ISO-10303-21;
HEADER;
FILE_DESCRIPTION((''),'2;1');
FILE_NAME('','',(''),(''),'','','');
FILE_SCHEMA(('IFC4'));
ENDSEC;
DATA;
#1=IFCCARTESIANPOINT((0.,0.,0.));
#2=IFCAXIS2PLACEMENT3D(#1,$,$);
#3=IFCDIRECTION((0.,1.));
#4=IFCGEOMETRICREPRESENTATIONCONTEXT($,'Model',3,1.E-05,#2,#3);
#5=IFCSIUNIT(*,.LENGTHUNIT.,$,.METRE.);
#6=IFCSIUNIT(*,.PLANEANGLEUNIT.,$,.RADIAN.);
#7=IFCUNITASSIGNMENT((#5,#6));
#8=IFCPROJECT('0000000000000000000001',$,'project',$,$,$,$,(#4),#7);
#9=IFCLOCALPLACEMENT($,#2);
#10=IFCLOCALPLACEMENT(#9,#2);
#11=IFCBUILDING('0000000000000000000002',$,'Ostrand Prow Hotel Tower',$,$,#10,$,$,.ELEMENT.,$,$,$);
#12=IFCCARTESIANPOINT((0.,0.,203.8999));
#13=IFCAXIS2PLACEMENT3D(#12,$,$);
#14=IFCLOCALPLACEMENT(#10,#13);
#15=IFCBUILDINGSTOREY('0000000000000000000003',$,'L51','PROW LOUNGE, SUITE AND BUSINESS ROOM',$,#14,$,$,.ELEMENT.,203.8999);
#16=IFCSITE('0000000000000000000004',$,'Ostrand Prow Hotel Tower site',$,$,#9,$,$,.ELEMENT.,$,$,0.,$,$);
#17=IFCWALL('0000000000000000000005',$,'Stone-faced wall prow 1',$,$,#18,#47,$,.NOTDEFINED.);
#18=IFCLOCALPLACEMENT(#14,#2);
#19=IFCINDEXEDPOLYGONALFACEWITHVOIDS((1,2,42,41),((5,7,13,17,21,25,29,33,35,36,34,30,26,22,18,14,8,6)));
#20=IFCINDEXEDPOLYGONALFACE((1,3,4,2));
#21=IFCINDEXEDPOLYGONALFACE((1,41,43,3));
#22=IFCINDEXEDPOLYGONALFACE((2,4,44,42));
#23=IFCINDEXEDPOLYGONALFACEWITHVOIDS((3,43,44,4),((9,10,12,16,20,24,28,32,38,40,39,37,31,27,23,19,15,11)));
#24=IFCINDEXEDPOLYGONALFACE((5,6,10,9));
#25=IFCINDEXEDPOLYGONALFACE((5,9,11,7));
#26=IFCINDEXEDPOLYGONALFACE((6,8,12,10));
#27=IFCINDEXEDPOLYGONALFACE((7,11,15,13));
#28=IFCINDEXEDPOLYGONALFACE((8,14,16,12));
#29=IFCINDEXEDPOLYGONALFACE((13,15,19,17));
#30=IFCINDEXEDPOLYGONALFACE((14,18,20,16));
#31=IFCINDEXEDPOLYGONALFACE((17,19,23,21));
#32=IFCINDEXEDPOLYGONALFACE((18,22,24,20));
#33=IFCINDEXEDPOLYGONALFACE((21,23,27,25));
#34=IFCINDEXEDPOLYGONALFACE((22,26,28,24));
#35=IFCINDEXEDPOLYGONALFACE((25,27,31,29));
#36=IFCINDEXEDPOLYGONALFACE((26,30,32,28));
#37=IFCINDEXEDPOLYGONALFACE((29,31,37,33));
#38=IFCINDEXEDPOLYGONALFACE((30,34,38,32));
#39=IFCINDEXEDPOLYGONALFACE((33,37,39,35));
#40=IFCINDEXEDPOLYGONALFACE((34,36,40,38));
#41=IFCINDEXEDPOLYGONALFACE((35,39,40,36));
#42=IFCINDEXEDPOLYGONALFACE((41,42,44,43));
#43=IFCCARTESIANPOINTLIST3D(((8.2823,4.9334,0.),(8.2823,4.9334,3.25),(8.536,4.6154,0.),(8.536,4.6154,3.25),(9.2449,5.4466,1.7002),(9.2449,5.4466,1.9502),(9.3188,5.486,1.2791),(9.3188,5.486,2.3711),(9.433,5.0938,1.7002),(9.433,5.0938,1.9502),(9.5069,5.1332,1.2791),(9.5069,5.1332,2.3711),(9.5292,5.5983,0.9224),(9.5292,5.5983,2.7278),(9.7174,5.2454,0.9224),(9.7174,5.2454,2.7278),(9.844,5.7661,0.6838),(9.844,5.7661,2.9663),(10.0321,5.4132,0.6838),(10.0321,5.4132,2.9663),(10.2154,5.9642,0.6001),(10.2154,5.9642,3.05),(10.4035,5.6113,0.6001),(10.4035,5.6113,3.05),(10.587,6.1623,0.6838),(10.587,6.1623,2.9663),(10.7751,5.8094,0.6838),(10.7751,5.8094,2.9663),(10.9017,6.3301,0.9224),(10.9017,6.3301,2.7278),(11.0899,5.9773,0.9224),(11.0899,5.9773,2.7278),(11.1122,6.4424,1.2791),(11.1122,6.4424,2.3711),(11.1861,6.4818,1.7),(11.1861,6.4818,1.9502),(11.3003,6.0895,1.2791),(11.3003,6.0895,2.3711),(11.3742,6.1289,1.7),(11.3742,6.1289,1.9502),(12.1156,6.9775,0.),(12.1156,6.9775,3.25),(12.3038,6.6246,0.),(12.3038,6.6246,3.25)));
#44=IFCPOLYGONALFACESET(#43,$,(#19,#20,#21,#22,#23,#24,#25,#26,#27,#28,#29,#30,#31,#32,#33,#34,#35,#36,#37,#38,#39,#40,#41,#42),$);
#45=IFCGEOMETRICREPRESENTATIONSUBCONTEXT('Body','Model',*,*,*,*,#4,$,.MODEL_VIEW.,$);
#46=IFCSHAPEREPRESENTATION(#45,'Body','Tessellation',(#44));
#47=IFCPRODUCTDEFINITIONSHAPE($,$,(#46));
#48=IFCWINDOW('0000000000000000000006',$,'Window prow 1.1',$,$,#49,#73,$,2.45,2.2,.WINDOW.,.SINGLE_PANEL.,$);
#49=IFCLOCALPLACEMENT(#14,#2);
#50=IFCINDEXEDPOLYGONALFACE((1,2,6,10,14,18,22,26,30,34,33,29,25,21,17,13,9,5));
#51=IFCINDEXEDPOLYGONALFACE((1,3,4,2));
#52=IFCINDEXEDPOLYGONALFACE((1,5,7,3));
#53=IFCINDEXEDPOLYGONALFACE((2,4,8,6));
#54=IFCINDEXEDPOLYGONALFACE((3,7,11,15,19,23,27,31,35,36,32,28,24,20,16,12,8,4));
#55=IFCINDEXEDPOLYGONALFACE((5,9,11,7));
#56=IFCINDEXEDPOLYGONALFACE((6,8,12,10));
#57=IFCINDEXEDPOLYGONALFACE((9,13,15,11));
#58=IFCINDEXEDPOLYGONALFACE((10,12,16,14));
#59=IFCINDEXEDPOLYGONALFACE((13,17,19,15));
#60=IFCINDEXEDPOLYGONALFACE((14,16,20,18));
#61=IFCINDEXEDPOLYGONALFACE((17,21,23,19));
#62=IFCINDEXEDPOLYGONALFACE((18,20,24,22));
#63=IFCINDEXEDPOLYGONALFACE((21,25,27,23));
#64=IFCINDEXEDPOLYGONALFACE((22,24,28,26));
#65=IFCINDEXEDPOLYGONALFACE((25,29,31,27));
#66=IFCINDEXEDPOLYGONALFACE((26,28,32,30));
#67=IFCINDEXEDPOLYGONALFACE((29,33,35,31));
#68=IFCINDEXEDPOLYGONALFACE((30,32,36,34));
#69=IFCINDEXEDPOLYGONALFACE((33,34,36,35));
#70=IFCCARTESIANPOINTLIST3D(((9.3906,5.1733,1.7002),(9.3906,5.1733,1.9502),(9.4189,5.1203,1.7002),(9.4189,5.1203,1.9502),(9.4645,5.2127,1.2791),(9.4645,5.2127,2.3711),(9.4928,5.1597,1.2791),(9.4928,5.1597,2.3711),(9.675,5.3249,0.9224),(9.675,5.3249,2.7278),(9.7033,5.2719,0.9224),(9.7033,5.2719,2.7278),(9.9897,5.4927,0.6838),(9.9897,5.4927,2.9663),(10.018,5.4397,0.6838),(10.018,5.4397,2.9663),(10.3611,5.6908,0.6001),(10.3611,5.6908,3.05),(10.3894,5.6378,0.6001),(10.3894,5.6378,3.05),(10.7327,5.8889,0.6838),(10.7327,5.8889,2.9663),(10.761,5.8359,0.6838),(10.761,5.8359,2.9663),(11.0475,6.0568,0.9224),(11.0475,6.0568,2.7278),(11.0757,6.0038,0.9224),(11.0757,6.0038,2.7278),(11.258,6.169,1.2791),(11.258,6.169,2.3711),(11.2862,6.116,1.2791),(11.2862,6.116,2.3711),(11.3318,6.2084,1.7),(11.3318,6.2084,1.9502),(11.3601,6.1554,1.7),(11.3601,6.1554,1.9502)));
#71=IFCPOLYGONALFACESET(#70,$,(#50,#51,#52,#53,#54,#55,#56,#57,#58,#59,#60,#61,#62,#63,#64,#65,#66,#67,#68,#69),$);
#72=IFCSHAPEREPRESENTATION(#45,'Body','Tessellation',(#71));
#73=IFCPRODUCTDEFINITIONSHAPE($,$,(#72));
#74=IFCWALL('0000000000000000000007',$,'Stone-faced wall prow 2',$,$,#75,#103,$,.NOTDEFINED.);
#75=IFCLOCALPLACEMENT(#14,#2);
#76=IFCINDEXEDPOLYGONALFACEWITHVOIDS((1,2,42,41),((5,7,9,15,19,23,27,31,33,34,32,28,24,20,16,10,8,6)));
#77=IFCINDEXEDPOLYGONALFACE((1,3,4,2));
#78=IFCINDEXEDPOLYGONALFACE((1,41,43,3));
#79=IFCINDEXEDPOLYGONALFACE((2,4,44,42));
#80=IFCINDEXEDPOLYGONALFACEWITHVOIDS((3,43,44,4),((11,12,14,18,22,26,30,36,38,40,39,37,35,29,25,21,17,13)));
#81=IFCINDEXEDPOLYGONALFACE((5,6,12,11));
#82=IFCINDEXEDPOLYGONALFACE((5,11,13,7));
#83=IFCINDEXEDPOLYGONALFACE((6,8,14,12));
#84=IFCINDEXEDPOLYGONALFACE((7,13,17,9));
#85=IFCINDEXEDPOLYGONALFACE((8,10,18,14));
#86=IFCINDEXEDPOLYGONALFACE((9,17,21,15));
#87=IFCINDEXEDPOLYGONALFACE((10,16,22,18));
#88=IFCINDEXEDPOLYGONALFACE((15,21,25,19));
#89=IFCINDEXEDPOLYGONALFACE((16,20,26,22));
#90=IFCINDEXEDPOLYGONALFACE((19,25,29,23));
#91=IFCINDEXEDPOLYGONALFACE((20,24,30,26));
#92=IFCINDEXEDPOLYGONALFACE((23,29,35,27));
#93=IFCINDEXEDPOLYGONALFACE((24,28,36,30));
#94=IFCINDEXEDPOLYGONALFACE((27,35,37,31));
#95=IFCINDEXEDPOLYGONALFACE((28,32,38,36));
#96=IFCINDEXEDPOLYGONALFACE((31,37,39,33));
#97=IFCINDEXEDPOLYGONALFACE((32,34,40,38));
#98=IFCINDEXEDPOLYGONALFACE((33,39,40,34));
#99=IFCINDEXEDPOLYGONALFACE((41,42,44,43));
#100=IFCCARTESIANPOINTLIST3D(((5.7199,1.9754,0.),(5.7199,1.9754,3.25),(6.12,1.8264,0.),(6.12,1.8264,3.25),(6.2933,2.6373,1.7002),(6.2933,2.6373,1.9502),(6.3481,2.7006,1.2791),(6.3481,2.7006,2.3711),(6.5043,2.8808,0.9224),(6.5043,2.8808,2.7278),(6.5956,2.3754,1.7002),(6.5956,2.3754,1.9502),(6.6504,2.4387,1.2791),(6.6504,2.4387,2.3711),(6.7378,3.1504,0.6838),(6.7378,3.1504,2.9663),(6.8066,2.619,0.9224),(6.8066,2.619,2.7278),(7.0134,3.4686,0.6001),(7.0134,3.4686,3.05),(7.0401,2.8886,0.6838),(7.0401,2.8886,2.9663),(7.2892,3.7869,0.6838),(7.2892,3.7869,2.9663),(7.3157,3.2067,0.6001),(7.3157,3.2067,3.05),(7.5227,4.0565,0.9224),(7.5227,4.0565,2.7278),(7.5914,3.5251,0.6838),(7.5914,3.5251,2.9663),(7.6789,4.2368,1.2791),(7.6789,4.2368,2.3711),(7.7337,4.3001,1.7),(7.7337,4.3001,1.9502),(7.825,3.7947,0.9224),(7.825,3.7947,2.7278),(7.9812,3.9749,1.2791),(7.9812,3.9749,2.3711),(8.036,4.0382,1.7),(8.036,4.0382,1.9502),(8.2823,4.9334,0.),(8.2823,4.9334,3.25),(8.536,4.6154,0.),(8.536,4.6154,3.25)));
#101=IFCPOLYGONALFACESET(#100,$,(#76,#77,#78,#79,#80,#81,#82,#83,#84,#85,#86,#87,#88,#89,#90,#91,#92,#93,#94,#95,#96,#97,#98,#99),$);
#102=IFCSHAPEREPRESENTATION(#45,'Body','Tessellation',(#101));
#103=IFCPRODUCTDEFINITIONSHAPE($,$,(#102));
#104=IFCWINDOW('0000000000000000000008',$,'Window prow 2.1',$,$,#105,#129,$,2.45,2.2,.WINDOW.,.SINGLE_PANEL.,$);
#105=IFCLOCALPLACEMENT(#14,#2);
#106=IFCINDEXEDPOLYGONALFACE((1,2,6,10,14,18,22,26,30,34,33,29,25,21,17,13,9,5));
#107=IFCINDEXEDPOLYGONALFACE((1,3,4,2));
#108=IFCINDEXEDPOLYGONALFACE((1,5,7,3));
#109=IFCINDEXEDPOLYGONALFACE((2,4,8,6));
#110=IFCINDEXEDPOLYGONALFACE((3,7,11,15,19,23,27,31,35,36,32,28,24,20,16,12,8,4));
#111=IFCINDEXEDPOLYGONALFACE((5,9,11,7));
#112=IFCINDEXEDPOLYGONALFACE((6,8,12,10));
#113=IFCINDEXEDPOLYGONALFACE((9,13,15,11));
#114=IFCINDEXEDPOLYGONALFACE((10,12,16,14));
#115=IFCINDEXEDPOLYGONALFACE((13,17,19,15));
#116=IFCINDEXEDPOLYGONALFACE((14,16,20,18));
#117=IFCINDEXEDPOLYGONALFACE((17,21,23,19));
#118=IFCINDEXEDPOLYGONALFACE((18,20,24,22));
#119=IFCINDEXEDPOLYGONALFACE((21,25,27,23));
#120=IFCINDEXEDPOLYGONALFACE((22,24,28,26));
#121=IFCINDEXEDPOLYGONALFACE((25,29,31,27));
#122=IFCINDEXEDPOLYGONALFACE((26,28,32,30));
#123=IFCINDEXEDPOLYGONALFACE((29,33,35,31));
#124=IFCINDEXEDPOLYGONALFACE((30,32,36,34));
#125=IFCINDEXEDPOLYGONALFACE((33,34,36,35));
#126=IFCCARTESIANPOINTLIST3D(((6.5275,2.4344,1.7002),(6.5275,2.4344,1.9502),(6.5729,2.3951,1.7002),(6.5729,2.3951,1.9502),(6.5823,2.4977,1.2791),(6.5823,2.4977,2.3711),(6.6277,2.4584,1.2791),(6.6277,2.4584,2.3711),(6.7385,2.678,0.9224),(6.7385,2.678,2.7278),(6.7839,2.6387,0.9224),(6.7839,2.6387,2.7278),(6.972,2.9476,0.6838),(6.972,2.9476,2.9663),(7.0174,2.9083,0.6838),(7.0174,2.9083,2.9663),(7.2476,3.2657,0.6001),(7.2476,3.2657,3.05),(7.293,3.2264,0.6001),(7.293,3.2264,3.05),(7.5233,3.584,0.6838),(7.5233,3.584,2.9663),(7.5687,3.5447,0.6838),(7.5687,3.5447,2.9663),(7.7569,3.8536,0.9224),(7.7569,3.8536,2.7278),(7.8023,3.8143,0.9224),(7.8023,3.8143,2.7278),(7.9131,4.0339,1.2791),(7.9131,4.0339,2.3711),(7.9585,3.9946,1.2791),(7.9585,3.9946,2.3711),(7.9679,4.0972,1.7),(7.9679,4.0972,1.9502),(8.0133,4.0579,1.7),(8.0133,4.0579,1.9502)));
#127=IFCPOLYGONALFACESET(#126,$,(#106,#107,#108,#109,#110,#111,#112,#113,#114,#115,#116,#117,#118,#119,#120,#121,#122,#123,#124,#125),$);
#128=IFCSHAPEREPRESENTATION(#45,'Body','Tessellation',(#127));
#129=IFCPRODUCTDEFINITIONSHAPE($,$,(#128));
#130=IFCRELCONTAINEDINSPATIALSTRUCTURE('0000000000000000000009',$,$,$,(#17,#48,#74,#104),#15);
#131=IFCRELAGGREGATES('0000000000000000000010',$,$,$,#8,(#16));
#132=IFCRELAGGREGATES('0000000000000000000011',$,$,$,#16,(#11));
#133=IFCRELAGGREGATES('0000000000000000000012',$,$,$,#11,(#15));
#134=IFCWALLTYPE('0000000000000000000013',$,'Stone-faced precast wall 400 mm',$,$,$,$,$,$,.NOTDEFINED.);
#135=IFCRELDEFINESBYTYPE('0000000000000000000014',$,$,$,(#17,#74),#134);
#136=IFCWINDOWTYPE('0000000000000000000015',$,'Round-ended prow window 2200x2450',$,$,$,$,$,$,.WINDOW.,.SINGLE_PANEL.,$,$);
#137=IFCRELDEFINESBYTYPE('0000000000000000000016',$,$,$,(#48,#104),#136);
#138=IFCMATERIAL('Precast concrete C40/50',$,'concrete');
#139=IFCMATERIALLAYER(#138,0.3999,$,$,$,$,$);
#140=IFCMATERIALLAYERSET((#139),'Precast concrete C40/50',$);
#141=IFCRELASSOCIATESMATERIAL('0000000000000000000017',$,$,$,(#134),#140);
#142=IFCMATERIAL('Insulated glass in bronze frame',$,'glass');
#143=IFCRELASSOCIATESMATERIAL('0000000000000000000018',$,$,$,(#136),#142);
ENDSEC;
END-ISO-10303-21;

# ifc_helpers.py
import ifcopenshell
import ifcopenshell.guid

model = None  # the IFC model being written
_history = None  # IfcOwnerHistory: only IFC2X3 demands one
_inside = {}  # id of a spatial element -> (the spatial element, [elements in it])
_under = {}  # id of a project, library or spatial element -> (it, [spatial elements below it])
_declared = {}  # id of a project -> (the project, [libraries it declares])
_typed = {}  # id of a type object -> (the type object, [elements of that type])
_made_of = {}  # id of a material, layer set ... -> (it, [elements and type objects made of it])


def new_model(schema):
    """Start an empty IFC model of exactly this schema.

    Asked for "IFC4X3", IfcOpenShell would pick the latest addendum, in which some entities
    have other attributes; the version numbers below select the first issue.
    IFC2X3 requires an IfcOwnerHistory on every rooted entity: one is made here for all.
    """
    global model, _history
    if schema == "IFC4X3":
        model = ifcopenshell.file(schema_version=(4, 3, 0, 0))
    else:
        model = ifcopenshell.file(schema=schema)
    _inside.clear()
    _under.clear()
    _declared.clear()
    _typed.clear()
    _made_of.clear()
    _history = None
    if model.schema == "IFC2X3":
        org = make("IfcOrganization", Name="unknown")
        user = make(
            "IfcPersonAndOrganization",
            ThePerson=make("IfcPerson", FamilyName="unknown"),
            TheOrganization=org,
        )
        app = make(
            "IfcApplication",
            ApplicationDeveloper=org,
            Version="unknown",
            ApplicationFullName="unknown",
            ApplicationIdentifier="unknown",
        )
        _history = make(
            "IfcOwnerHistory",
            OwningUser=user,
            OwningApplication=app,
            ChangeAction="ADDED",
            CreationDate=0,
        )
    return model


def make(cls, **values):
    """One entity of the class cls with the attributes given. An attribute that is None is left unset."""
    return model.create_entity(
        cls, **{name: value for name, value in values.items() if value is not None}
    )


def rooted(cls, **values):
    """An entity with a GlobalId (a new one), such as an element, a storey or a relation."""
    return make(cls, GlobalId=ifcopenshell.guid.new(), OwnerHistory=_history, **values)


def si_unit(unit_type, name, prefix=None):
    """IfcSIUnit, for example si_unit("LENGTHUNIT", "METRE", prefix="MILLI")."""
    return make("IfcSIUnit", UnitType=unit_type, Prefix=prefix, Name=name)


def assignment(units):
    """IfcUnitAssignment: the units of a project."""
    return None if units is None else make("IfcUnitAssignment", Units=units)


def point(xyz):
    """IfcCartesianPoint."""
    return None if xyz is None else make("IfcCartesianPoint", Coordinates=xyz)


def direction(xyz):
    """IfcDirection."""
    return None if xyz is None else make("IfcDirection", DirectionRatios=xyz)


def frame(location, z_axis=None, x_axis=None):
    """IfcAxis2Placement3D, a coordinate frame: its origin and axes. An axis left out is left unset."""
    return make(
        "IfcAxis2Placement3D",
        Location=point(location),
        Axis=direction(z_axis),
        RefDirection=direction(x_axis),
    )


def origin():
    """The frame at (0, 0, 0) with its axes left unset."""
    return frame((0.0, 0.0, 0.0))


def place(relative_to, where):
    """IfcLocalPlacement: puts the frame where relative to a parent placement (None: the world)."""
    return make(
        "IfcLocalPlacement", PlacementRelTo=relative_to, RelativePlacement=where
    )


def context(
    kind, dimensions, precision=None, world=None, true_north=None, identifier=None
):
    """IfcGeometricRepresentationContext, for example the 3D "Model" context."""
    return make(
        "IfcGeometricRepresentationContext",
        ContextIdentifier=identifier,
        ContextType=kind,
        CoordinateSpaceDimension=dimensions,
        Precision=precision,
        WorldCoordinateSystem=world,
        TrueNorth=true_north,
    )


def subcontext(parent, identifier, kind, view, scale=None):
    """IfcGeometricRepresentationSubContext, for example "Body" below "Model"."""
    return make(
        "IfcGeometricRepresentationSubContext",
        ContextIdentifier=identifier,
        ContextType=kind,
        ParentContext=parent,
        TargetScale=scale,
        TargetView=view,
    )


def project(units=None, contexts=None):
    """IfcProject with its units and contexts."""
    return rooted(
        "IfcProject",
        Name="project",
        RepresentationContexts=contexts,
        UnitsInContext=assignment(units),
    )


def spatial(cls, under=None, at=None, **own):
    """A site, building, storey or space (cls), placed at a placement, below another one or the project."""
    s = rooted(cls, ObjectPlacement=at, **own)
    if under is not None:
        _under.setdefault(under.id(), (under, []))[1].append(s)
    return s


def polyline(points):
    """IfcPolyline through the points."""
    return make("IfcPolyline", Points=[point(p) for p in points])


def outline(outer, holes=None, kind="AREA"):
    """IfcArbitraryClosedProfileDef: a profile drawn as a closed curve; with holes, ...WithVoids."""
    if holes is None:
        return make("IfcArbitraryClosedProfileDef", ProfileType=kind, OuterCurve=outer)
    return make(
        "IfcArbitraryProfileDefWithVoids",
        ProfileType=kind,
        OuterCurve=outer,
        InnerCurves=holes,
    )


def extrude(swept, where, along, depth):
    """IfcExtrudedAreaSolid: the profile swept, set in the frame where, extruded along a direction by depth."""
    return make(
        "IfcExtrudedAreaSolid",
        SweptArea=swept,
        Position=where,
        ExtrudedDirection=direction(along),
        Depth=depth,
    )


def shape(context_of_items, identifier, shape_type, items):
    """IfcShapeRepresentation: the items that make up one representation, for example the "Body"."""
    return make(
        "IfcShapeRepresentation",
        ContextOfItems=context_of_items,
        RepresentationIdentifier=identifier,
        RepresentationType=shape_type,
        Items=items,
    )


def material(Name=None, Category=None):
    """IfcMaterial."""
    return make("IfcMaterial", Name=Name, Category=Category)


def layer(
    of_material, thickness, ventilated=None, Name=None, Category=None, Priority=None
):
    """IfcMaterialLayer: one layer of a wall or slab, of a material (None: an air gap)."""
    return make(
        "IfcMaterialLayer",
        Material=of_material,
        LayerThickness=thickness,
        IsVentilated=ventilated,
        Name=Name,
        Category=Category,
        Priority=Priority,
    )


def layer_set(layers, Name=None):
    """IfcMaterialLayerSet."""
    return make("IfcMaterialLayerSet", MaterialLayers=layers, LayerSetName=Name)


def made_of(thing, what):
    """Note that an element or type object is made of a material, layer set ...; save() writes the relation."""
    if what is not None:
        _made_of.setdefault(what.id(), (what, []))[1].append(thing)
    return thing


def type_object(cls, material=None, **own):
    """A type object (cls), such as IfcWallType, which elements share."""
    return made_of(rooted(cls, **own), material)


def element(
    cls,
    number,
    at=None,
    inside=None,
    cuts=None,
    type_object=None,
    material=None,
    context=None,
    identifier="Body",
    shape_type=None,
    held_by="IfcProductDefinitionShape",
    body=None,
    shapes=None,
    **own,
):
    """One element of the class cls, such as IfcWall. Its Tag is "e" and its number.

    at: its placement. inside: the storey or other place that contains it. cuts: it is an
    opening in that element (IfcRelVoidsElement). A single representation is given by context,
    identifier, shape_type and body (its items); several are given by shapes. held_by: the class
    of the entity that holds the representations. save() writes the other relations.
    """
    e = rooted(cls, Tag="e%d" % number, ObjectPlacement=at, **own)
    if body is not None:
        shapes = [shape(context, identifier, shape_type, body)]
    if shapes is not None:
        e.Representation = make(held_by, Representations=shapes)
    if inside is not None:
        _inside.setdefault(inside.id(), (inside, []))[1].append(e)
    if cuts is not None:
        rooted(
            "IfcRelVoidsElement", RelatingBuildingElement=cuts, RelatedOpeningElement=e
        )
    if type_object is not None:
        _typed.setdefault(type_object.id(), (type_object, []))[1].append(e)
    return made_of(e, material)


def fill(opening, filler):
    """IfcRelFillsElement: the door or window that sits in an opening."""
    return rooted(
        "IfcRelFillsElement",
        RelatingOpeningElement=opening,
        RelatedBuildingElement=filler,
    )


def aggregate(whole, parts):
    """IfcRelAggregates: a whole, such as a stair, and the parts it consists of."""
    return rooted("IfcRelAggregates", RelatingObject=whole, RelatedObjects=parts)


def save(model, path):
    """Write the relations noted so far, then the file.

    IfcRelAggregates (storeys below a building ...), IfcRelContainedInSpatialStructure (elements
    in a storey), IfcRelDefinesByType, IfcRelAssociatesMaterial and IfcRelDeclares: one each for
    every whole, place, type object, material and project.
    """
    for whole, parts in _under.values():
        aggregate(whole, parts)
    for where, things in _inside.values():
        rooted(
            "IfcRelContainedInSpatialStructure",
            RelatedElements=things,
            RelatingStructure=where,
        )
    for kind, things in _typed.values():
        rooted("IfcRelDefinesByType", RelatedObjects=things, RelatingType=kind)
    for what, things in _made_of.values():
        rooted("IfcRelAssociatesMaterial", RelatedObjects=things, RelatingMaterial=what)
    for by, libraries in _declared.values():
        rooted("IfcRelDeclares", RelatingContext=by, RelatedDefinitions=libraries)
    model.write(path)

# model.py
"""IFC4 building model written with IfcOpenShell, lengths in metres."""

from ifc_helpers import new_model, si_unit, direction, frame, origin, place, context, subcontext, project, spatial, polyline, outline, extrude, material, layer, layer_set, type_object, element, fill, save


model = new_model("IFC4")

# Units and contexts
model_context = context("Model", 3, precision=1e-05, world=origin(), true_north=direction((0.0, 1.0)))
body_context = subcontext(model_context, "Body", "Model", "MODEL_VIEW")
ifc_project = project(units=[si_unit("LENGTHUNIT", "METRE"), si_unit("PLANEANGLEUNIT", "RADIAN")], contexts=[model_context])

# Site, building, storey
site_placement = place(None, origin())
site = spatial("IfcSite", under=ifc_project, at=site_placement, Name="Ostrand Prow Hotel Tower site", CompositionType="ELEMENT", RefElevation=0.0)
building_placement = place(site_placement, origin())
building = spatial("IfcBuilding", under=site, at=building_placement, Name="Ostrand Prow Hotel Tower", CompositionType="ELEMENT")
storey_placement = place(building_placement, frame((0.0, 0.0, 203.8999)))
storey = spatial("IfcBuildingStorey", under=building, at=storey_placement, Name="L51", Description="PROW LOUNGE, SUITE AND BUSINESS ROOM", CompositionType="ELEMENT", Elevation=203.8999)

# Walls, openings, windows
ifc_material_1 = material(Name="Precast concrete C40/50", Category="concrete")
ifc_layer_1 = layer(ifc_material_1, 0.3999)
ifc_layer_set_1 = layer_set([ifc_layer_1], Name="Precast concrete C40/50")
wall_type = type_object("IfcWallType", Name="Stone-faced precast wall 400 mm", PredefinedType="NOTDEFINED", material=ifc_layer_set_1)
wall_1_placement = place(storey_placement, frame((12.2097, 6.801, 0.0), z_axis=(0.0, 0.0, 1.0), x_axis=(-0.882386, -0.470526, 0.0)))
wall_1 = element("IfcWall", 1, at=wall_1_placement, inside=storey, type_object=wall_type, Name="Stone-faced wall prow 1", PredefinedType="NOTDEFINED", context=body_context, shape_type="SweptSolid", body=[
    extrude(outline(polyline([(0.0, -0.2), (4.3442, -0.2), (4.27, 0.2), (0.0, 0.2), (0.0, -0.2)])), origin(), (0.0, 0.0, 1.0), 3.25),
])
opening_1_placement = place(wall_1_placement, frame((1.0535, 0.0, 0.6001)))
opening_1 = element("IfcOpeningElement", 2, at=opening_1_placement, cuts=wall_1, PredefinedType="OPENING", context=body_context, shape_type="SweptSolid", body=[
    extrude(outline(polyline([(0.0, 1.3501), (0.0837, 1.771), (0.3223, 2.1277), (0.679, 2.3662), (1.1001, 2.45), (1.521, 2.3662), (1.8777, 2.1277), (2.1162, 1.771), (2.2, 1.3501), (2.2, 1.1001), (2.1162, 0.679), (1.8777, 0.3223), (1.521, 0.0837), (1.1001, 0.0), (0.679, 0.0837), (0.3223, 0.3223), (0.0837, 0.679), (0.0, 1.0999), (0.0, 1.3501)])), frame((0.0, 0.21, 0.0), z_axis=(0.0, -1.0, 0.0), x_axis=(1.0, 0.0, 0.0)), (0.0, 0.0, 1.0), 0.4199),
])
ifc_material_2 = material(Name="Insulated glass in bronze frame", Category="glass")
window_type = type_object("IfcWindowType", Name="Round-ended prow window 2200x2450", PartitioningType="SINGLE_PANEL", PredefinedType="WINDOW", material=ifc_material_2)
window_1_placement = place(opening_1_placement, origin())
window_1 = element("IfcWindow", 3, at=window_1_placement, inside=storey, type_object=window_type, Name="Window prow 1.1", OverallHeight=2.45, OverallWidth=2.2, PartitioningType="SINGLE_PANEL", PredefinedType="WINDOW", context=body_context, shape_type="SweptSolid", body=[
    extrude(outline(polyline([(0.0, 1.3501), (0.0837, 1.771), (0.3223, 2.1277), (0.679, 2.3662), (1.1001, 2.45), (1.521, 2.3662), (1.8777, 2.1277), (2.1162, 1.771), (2.2, 1.3501), (2.2, 1.1001), (2.1162, 0.679), (1.8777, 0.3223), (1.521, 0.0837), (1.1001, 0.0), (0.679, 0.0837), (0.3223, 0.3223), (0.0837, 0.679), (0.0, 1.0999), (0.0, 1.3501)])), frame((0.0, 0.1699, 0.0), z_axis=(0.0, -1.0, 0.0), x_axis=(1.0, 0.0, 0.0)), (0.0, 0.0, 1.0), 0.0601),
])
fill(opening_1, window_1)
wall_2_placement = place(storey_placement, frame((8.4092, 4.7744, 0.0), z_axis=(0.0, 0.0, 1.0), x_axis=(-0.654759, -0.755837, 0.0)))
wall_2 = element("IfcWall", 4, at=wall_2_placement, inside=storey, type_object=wall_type, Name="Stone-faced wall prow 2", PredefinedType="NOTDEFINED", context=body_context, shape_type="SweptSolid", body=[
    extrude(outline(polyline([(-0.0371, -0.2), (3.8765, -0.2), (3.7271, 0.2), (0.0371, 0.2), (-0.0371, -0.2)])), origin(), (0.0, 0.0, 1.0), 3.25),
])
opening_2_placement = place(wall_2_placement, frame((0.8008, 0.0, 0.6001)))
opening_2 = element("IfcOpeningElement", 5, at=opening_2_placement, cuts=wall_2, PredefinedType="OPENING", context=body_context, shape_type="SweptSolid", body=[
    extrude(outline(polyline([(0.0, 1.3501), (0.0837, 1.771), (0.3223, 2.1277), (0.679, 2.3662), (1.1001, 2.45), (1.521, 2.3662), (1.8777, 2.1277), (2.1162, 1.771), (2.2, 1.3501), (2.2, 1.1001), (2.1162, 0.679), (1.8777, 0.3223), (1.521, 0.0837), (1.1001, 0.0), (0.679, 0.0837), (0.3223, 0.3223), (0.0837, 0.679), (0.0, 1.0999), (0.0, 1.3501)])), frame((0.0, 0.21, 0.0), z_axis=(0.0, -1.0, 0.0), x_axis=(1.0, 0.0, 0.0)), (0.0, 0.0, 1.0), 0.4199),
])
window_2_placement = place(opening_2_placement, origin())
window_2 = element("IfcWindow", 6, at=window_2_placement, inside=storey, type_object=window_type, Name="Window prow 2.1", OverallHeight=2.45, OverallWidth=2.2, PartitioningType="SINGLE_PANEL", PredefinedType="WINDOW", context=body_context, shape_type="SweptSolid", body=[
    extrude(outline(polyline([(0.0, 1.3501), (0.0837, 1.771), (0.3223, 2.1277), (0.679, 2.3662), (1.1001, 2.45), (1.521, 2.3662), (1.8777, 2.1277), (2.1162, 1.771), (2.2, 1.3501), (2.2, 1.1001), (2.1162, 0.679), (1.8777, 0.3223), (1.521, 0.0837), (1.1001, 0.0), (0.679, 0.0837), (0.3223, 0.3223), (0.0837, 0.679), (0.0, 1.0999), (0.0, 1.3501)])), frame((0.0, 0.1699, 0.0), z_axis=(0.0, -1.0, 0.0), x_axis=(1.0, 0.0, 0.0)), (0.0, 0.0, 1.0), 0.0601),
])
fill(opening_2, window_2)

save(model, "model.ifc")
